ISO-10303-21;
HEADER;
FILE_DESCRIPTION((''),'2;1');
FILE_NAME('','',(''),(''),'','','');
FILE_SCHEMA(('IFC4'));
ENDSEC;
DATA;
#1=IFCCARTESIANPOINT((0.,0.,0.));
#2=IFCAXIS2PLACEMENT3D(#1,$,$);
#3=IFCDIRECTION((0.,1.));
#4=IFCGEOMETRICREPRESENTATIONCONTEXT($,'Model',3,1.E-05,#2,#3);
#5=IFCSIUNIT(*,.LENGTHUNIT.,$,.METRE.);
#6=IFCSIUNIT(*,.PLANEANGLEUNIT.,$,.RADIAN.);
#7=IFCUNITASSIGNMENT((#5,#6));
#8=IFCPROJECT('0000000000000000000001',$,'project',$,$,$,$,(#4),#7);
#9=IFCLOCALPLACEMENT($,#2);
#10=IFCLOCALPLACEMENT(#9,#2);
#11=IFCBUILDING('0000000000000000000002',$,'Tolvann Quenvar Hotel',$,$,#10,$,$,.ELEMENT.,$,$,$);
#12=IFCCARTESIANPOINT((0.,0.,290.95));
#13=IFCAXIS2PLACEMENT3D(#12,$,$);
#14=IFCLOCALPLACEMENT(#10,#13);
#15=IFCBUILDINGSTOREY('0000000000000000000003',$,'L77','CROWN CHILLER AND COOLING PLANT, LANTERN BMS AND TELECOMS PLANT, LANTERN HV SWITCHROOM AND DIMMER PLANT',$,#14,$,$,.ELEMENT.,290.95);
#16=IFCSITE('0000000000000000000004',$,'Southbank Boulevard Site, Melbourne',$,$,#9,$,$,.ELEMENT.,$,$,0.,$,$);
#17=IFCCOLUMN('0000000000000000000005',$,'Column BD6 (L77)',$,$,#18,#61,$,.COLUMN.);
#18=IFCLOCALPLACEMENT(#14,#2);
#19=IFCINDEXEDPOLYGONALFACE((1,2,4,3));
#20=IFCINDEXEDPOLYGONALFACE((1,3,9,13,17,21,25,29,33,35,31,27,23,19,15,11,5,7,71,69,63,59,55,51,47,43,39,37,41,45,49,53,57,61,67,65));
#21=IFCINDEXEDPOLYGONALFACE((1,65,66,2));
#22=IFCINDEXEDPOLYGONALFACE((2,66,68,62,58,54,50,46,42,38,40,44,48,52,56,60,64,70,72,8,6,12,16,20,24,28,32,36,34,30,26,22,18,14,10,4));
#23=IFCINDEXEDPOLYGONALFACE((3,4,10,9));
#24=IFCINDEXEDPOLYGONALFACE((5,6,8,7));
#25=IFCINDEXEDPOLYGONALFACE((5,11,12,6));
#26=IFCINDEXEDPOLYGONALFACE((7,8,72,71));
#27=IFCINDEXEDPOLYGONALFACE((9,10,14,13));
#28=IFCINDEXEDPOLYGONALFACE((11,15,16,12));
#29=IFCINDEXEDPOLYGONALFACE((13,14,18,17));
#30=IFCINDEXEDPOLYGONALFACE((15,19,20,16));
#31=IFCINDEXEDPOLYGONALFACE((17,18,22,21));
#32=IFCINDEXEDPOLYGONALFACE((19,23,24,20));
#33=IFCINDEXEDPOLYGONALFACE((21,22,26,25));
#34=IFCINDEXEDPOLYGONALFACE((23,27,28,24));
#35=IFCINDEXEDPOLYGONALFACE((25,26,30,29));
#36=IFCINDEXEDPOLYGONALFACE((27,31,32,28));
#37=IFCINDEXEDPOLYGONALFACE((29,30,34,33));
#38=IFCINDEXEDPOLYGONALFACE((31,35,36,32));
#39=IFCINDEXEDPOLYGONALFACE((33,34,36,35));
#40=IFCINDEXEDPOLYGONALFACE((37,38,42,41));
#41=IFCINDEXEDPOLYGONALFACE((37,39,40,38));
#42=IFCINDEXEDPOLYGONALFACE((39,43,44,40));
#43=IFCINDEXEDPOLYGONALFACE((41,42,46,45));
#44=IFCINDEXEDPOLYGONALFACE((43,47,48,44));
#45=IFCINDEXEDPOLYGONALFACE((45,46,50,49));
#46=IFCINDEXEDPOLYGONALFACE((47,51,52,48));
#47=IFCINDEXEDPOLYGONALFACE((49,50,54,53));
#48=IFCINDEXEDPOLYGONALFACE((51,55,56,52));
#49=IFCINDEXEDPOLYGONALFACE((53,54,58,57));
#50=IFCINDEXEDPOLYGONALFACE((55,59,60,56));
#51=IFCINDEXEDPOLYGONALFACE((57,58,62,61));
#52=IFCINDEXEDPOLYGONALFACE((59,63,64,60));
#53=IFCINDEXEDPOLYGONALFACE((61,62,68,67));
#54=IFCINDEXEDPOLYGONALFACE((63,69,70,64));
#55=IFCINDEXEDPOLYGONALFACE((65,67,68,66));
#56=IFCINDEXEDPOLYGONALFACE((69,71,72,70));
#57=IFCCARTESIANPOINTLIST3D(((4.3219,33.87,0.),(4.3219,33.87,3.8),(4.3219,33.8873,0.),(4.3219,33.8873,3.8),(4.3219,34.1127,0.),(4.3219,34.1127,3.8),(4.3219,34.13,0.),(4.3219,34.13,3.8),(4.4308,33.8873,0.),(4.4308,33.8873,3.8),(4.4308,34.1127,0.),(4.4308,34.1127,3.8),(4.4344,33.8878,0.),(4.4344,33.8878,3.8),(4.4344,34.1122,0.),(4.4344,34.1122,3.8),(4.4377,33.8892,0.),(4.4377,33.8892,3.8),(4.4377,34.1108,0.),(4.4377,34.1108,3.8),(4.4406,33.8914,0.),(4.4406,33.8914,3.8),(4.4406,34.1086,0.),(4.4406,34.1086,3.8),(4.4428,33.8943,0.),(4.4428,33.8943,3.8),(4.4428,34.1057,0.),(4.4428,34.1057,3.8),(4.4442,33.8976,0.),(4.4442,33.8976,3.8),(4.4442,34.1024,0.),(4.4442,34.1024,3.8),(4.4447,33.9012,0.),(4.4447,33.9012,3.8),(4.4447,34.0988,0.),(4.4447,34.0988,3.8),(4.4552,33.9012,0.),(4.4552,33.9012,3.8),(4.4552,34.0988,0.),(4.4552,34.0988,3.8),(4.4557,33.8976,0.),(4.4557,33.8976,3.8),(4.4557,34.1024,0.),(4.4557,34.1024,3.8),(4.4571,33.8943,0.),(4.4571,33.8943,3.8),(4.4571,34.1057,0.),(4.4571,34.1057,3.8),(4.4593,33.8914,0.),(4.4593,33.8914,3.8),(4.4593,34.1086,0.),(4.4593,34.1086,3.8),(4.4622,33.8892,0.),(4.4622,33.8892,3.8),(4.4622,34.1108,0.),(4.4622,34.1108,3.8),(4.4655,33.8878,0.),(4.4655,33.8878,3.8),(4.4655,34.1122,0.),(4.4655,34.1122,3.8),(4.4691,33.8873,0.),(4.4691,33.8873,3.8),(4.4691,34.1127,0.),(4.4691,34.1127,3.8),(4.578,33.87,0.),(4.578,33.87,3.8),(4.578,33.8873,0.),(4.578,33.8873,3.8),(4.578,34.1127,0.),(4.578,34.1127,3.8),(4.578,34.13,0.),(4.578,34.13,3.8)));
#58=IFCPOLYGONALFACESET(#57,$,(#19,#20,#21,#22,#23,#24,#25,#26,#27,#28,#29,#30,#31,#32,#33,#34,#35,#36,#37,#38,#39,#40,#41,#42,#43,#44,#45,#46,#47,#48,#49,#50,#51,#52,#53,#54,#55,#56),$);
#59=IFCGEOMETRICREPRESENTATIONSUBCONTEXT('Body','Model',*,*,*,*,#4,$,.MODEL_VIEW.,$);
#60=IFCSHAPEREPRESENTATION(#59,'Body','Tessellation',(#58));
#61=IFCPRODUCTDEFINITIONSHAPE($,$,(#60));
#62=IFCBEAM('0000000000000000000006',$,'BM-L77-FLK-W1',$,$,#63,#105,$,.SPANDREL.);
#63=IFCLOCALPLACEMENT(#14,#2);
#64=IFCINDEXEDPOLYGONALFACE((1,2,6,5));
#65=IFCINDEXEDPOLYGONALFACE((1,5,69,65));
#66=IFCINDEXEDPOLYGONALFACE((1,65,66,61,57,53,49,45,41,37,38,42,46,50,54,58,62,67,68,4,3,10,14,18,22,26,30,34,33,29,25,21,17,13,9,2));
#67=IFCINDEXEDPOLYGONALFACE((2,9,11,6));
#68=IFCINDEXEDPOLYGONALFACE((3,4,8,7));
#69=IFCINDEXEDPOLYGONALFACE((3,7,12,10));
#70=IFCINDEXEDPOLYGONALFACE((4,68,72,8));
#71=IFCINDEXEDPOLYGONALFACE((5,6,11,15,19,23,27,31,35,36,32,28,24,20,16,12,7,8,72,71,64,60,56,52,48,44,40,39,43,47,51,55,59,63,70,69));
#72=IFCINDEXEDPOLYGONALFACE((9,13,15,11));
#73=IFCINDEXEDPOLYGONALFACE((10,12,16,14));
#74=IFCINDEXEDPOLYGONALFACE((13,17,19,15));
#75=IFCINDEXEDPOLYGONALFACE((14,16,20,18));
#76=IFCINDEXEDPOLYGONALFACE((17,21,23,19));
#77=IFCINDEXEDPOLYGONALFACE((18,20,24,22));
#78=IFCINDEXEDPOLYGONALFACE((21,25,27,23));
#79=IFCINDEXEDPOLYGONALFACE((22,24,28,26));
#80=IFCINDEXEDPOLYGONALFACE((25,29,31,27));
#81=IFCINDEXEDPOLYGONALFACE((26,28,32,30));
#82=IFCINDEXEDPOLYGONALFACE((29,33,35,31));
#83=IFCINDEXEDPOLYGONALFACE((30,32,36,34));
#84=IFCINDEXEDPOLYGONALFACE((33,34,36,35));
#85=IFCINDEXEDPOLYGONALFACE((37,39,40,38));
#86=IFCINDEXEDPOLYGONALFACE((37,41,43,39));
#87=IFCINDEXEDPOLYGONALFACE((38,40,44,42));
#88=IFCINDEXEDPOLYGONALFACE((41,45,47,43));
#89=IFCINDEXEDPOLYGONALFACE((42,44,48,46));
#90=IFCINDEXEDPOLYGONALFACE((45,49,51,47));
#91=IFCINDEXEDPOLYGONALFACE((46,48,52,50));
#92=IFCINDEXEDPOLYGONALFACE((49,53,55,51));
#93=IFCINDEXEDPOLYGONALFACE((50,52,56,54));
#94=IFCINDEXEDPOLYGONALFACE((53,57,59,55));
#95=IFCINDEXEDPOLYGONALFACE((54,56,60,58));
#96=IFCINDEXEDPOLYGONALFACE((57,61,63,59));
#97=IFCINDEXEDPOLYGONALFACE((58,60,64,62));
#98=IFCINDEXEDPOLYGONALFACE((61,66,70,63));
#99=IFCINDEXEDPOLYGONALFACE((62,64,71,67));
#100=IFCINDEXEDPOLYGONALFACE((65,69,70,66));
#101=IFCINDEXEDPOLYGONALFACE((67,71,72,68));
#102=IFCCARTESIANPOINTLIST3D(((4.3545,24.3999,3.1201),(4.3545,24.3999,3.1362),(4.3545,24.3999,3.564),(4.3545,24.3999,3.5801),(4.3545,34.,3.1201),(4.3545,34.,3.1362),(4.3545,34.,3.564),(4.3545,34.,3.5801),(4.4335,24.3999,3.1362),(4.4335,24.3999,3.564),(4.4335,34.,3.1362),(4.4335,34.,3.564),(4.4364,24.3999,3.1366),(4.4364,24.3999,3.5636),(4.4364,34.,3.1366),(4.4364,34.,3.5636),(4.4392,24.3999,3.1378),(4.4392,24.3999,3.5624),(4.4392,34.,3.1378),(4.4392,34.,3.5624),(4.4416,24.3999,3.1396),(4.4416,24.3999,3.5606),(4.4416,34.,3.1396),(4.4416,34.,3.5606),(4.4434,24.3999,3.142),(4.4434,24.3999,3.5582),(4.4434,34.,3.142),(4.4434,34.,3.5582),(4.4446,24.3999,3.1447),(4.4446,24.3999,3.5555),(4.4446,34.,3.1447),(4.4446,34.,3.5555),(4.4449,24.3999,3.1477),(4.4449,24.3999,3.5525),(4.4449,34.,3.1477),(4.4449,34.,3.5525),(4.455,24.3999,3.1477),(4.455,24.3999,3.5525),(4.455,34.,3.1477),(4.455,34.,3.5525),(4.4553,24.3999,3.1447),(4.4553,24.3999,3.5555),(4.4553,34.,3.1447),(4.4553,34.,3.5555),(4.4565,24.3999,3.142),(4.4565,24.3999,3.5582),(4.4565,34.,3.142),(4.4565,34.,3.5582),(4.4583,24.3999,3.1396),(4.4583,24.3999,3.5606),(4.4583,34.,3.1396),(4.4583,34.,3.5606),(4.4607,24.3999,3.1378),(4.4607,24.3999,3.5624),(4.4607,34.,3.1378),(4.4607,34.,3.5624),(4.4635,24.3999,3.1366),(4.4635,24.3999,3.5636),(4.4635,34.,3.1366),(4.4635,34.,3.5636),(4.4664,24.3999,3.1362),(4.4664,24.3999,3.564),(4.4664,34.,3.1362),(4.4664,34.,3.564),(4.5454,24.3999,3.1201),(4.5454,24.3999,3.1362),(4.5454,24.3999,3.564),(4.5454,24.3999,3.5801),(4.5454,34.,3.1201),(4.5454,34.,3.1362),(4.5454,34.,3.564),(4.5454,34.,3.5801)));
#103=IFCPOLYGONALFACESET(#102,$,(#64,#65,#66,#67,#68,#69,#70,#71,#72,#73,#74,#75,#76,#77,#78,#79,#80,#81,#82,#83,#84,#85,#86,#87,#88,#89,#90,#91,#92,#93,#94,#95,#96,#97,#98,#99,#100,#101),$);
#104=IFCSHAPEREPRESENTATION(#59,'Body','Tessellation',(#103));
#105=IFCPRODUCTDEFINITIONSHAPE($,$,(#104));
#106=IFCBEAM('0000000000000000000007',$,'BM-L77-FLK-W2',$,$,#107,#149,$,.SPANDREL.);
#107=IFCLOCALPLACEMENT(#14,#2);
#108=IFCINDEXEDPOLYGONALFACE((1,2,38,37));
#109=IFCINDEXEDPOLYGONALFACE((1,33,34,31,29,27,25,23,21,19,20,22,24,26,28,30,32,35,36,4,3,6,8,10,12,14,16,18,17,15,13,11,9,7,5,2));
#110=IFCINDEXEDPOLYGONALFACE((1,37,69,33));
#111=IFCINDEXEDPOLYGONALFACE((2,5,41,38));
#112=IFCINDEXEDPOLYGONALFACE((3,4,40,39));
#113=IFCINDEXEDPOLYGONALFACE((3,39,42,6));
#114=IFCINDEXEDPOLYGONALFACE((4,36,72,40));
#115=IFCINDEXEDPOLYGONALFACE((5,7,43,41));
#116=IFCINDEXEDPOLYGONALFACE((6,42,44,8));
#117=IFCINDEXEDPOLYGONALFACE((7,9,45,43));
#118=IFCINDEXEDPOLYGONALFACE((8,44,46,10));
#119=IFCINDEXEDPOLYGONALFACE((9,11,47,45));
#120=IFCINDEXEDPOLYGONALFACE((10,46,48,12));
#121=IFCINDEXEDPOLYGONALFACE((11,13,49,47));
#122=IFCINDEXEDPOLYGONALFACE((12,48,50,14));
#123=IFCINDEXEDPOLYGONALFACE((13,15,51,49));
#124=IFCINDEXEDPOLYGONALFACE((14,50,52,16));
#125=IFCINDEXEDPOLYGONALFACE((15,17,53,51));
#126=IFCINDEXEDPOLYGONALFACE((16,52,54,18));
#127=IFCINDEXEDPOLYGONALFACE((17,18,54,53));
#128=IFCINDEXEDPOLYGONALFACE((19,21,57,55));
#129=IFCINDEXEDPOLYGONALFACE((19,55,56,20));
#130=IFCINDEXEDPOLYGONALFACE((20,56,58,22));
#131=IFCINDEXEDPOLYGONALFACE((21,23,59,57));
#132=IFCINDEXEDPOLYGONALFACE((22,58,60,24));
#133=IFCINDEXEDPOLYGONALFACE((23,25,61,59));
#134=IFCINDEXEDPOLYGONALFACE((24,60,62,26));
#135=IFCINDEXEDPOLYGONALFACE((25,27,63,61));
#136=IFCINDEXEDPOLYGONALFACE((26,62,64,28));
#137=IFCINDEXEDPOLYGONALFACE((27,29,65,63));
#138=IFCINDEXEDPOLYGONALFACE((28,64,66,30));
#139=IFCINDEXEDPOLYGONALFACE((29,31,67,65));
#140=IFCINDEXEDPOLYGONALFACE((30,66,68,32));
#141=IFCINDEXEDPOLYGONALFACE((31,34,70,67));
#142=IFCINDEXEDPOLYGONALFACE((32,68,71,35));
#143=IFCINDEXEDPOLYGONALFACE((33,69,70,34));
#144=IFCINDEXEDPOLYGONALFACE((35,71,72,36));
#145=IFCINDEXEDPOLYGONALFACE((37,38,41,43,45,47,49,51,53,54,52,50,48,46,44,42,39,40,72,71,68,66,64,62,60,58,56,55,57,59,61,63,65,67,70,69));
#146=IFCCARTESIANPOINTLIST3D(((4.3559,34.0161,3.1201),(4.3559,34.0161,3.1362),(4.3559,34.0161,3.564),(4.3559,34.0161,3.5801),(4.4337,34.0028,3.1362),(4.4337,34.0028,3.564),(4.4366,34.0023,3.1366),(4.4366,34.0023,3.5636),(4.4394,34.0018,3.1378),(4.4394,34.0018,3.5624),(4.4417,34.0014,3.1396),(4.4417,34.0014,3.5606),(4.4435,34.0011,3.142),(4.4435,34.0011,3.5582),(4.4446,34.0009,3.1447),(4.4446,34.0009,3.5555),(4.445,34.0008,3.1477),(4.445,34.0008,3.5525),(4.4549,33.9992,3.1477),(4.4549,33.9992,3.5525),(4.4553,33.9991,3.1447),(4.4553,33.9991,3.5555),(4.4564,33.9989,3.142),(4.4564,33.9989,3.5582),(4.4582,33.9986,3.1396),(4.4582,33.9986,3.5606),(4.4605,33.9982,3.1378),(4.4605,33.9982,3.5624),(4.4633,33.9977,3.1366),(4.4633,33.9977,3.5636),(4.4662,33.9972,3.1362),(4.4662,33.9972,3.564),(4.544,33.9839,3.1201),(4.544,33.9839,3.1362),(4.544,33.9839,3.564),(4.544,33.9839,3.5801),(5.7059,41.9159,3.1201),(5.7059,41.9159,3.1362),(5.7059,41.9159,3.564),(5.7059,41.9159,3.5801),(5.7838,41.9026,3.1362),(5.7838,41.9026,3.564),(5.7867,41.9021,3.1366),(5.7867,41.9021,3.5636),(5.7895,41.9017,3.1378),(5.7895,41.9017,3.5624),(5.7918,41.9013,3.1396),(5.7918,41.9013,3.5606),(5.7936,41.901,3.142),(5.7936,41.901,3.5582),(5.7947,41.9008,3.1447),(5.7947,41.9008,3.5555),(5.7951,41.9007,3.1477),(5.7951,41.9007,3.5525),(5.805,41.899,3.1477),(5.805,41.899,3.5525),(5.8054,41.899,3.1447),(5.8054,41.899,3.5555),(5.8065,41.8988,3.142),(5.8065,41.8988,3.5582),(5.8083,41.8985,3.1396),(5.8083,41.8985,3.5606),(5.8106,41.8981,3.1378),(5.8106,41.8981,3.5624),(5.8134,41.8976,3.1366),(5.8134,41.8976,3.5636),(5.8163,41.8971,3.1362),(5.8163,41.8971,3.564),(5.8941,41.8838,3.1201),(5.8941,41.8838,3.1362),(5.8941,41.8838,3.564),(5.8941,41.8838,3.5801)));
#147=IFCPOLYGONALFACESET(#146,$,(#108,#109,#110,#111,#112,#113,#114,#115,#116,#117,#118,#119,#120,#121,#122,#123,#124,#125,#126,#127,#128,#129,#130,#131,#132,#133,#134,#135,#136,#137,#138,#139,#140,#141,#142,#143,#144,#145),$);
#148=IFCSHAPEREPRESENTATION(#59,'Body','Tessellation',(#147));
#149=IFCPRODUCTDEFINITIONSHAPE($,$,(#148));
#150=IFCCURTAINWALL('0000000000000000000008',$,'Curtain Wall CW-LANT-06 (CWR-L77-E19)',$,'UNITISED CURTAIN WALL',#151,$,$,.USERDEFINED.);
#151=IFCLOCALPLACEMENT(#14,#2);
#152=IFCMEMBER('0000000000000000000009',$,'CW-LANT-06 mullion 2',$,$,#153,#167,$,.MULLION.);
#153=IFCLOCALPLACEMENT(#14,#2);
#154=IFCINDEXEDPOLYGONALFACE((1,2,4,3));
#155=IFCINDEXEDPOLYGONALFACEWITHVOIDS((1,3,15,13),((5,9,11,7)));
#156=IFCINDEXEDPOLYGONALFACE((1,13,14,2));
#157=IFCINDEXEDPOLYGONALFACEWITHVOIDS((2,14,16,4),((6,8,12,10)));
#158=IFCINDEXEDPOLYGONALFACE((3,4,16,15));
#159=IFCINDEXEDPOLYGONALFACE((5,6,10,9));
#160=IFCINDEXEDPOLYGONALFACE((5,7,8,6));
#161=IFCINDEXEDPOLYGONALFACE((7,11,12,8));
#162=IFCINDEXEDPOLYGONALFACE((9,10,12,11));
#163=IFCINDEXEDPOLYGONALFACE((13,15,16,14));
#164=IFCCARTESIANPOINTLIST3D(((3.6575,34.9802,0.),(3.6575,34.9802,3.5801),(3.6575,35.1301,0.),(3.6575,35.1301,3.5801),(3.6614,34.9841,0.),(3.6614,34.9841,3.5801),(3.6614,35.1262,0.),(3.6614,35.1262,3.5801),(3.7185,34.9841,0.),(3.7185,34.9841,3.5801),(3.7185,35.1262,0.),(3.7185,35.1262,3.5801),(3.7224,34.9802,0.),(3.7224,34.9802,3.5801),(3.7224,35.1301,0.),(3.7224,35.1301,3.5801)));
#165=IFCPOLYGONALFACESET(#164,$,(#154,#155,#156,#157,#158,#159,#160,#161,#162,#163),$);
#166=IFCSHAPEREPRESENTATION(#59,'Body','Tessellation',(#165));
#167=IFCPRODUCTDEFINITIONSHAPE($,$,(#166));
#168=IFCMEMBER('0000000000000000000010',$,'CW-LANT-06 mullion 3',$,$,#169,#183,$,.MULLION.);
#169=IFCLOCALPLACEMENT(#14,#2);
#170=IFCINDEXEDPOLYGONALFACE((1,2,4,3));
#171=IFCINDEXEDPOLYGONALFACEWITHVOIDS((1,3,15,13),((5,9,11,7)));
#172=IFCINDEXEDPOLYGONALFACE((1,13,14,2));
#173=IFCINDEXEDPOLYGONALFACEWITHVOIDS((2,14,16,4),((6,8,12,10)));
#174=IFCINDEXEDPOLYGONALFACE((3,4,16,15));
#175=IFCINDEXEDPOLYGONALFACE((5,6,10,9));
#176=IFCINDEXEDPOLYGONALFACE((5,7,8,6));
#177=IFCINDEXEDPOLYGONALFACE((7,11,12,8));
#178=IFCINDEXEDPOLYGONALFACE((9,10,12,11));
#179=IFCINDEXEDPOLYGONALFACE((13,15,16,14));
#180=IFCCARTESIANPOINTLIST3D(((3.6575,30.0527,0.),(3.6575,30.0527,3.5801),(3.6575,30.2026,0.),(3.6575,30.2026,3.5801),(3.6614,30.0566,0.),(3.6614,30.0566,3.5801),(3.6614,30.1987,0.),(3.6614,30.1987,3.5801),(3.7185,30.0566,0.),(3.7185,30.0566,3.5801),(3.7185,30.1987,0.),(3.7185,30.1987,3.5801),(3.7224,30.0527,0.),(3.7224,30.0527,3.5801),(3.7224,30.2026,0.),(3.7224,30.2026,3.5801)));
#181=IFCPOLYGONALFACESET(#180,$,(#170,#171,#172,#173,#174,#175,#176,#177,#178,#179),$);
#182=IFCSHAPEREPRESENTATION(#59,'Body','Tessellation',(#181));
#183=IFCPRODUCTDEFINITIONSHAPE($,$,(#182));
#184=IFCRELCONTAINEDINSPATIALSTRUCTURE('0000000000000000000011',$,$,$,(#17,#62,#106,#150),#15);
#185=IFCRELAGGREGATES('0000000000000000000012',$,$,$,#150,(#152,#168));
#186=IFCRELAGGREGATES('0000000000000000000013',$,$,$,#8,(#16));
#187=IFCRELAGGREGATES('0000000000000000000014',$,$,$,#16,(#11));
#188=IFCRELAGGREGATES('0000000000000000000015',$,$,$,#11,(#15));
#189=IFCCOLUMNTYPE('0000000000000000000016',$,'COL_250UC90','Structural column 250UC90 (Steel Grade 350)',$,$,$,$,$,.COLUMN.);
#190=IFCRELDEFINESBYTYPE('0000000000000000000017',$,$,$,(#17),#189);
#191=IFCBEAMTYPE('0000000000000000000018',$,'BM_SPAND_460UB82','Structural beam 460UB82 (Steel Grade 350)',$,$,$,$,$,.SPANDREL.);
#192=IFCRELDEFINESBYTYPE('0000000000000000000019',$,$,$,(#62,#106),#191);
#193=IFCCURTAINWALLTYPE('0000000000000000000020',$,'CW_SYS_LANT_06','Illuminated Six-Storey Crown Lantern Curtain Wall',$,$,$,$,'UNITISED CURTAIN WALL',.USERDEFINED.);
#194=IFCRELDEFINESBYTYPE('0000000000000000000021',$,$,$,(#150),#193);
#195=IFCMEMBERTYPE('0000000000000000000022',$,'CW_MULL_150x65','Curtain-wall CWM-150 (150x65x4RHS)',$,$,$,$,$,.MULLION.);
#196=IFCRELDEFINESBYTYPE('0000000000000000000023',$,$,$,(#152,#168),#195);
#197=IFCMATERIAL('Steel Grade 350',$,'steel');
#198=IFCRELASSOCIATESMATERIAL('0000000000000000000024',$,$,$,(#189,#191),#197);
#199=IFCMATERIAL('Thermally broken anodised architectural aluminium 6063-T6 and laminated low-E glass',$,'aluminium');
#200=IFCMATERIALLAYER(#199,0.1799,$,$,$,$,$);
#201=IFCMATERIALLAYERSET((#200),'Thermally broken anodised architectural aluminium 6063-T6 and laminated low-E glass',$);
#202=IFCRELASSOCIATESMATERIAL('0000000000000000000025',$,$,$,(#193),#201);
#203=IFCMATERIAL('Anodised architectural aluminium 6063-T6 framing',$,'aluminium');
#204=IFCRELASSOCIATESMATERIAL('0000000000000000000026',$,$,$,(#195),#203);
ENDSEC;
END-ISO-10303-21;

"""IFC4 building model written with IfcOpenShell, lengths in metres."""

from ifc_helpers import new_model, si_unit, direction, frame, origin, origin_2d, place, context, subcontext, project, spatial, hollow_rectangle, i_section, extrude, source, transform, mapped, material, layer, layer_set, material_profile, profile_set, type_object, type_shapes, element, aggregate, save


model = new_model("IFC4")

# Units and contexts
model_context = context("Model", 3, precision=1e-05, world=origin(), true_north=direction((0.0, 1.0)))
body_context = subcontext(model_context, "Body", "Model", "MODEL_VIEW")
ifc_project = project(units=[si_unit("LENGTHUNIT", "METRE"), si_unit("PLANEANGLEUNIT", "RADIAN")], contexts=[model_context])

# Site, building, storey
site_placement = place(None, origin())
site = spatial("IfcSite", under=ifc_project, at=site_placement, Name="Southbank Boulevard Site, Melbourne", CompositionType="ELEMENT", RefElevation=0.0)
building_placement = place(site_placement, origin())
building = spatial("IfcBuilding", under=site, at=building_placement, Name="Tolvann Quenvar Hotel", CompositionType="ELEMENT")
storey_placement = place(building_placement, frame((0.0, 0.0, 290.95)))
storey = spatial("IfcBuildingStorey", under=building, at=storey_placement, Name="L77", Description="CROWN CHILLER AND COOLING PLANT, LANTERN BMS AND TELECOMS PLANT, LANTERN HV SWITCHROOM AND DIMMER PLANT", CompositionType="ELEMENT", Elevation=290.95)

# Column
ifc_material_1 = material(Name="Steel Grade 350", Category="steel")
ifc_material_profile_1 = material_profile(ifc_material_1, i_section(OverallWidth=0.2561, OverallDepth=0.26, WebThickness=0.0105, FlangeThickness=0.0173, FilletRadius=0.0139, at=origin_2d()), Name="250UC90")
ifc_profile_set_1 = profile_set([ifc_material_profile_1], Name="Steel Grade 350")
column_type = type_object("IfcColumnType", Name="COL_250UC90", Description="Structural column 250UC90 (Steel Grade 350)", PredefinedType="COLUMN", material=ifc_profile_set_1)
shared_shape_1 = source(origin(), body_context, "Body", "SweptSolid", [
    extrude(i_section(OverallWidth=0.2561, OverallDepth=0.26, WebThickness=0.0105, FlangeThickness=0.0173, FilletRadius=0.0139, at=origin_2d()), origin(), (0.0, 0.0, 1.0), 3.8),
])
type_shapes(column_type, [shared_shape_1])
column_placement = place(storey_placement, frame((4.45, 34.0, 0.0), z_axis=(0.0, 0.0, 1.0), x_axis=(1.0, 0.0, 0.0)))
element("IfcColumn", 1, at=column_placement, inside=storey, type_object=column_type, Name="Column BD6 (L77)", PredefinedType="COLUMN", context=body_context, shape_type="MappedRepresentation", body=[
    mapped(shared_shape_1, transform((0.0, 0.0, 0.0), x_axis=(1.0, 0.0, 0.0), y_axis=(0.0, 1.0, 0.0), z_axis=(0.0, 0.0, 1.0), scale=1.0)),
])

# Beams
ifc_material_profile_2 = material_profile(ifc_material_1, i_section(OverallWidth=0.1909, OverallDepth=0.46, WebThickness=0.01, FlangeThickness=0.0161, FilletRadius=0.0115, at=origin_2d()), Name="460UB82")
ifc_profile_set_2 = profile_set([ifc_material_profile_2], Name="Steel Grade 350")
beam_type = type_object("IfcBeamType", Name="BM_SPAND_460UB82", Description="Structural beam 460UB82 (Steel Grade 350)", PredefinedType="SPANDREL", material=ifc_profile_set_2)
shared_shape_2 = source(origin(), body_context, "Body", "SweptSolid", [
    extrude(i_section(OverallWidth=0.1909, OverallDepth=0.46, WebThickness=0.01, FlangeThickness=0.0161, FilletRadius=0.0115, at=origin_2d()), origin(), (0.0, 0.0, 1.0), 9.6001),
])
beam_1_placement = place(storey_placement, frame((4.45, 24.3999, 3.3501), z_axis=(0.0, 1.0, 0.0), x_axis=(-1.0, 0.0, 0.0)))
element("IfcBeam", 2, at=beam_1_placement, inside=storey, type_object=beam_type, Name="BM-L77-FLK-W1", PredefinedType="SPANDREL", context=body_context, shape_type="MappedRepresentation", body=[
    mapped(shared_shape_2, transform((0.0, 0.0, 0.0), x_axis=(1.0, 0.0, 0.0), y_axis=(0.0, 1.0, 0.0), z_axis=(0.0, 0.0, 1.0), scale=1.0)),
])
shared_shape_3 = source(origin(), body_context, "Body", "SweptSolid", [
    extrude(i_section(OverallWidth=0.1909, OverallDepth=0.46, WebThickness=0.01, FlangeThickness=0.0161, FilletRadius=0.0115, at=origin_2d()), origin(), (0.0, 0.0, 1.0), 8.0144),
])
type_shapes(beam_type, [shared_shape_2, shared_shape_3])
beam_2_placement = place(storey_placement, frame((4.45, 34.0, 3.3501), z_axis=(0.168458, 0.985709, 0.0), x_axis=(-0.985709, 0.168458, 0.0)))
element("IfcBeam", 3, at=beam_2_placement, inside=storey, type_object=beam_type, Name="BM-L77-FLK-W2", PredefinedType="SPANDREL", context=body_context, shape_type="MappedRepresentation", body=[
    mapped(shared_shape_3, transform((0.0, 0.0, 0.0), x_axis=(1.0, 0.0, 0.0), y_axis=(0.0, 1.0, 0.0), z_axis=(0.0, 0.0, 1.0), scale=1.0)),
])

# Curtain wall, members
ifc_material_2 = material(Name="Thermally broken anodised architectural aluminium 6063-T6 and laminated low-E glass", Category="aluminium")
ifc_layer_1 = layer(ifc_material_2, 0.1799)
ifc_layer_set_1 = layer_set([ifc_layer_1], Name="Thermally broken anodised architectural aluminium 6063-T6 and laminated low-E glass")
curtain_wall_type = type_object("IfcCurtainWallType", Name="CW_SYS_LANT_06", Description="Illuminated Six-Storey Crown Lantern Curtain Wall", ElementType="UNITISED CURTAIN WALL", PredefinedType="USERDEFINED", material=ifc_layer_set_1)
curtain_wall_placement = place(storey_placement, origin())
curtain_wall = element("IfcCurtainWall", 4, at=curtain_wall_placement, inside=storey, type_object=curtain_wall_type, Name="Curtain Wall CW-LANT-06 (CWR-L77-E19)", ObjectType="UNITISED CURTAIN WALL", PredefinedType="USERDEFINED")
ifc_material_3 = material(Name="Anodised architectural aluminium 6063-T6 framing", Category="aluminium")
ifc_material_profile_3 = material_profile(ifc_material_3, hollow_rectangle(XDim=0.0649, YDim=0.1499, WallThickness=0.0039, at=origin_2d()), Name="150x65x4RHS")
ifc_profile_set_3 = profile_set([ifc_material_profile_3], Name="Anodised architectural aluminium 6063-T6 framing")
member_type_1 = type_object("IfcMemberType", Name="CW_MULL_150x65", Description="Curtain-wall CWM-150 (150x65x4RHS)", PredefinedType="MULLION", material=ifc_profile_set_3)
shared_shape_4 = source(origin(), body_context, "Body", "SweptSolid", [
    extrude(hollow_rectangle(XDim=0.0649, YDim=0.1499, WallThickness=0.0039, at=origin_2d()), origin(), (0.0, 0.0, 1.0), 3.5801),
])
type_shapes(member_type_1, [shared_shape_4])
member_1_placement = place(storey_placement, frame((3.6899, 35.0552, 0.0), z_axis=(0.0, 0.0, 1.0), x_axis=(1.0, 0.0, 0.0)))
member_1 = element("IfcMember", 5, at=member_1_placement, type_object=member_type_1, Name="CW-LANT-06 mullion 2", PredefinedType="MULLION", context=body_context, shape_type="MappedRepresentation", body=[
    mapped(shared_shape_4, transform((0.0, 0.0, 0.0), x_axis=(1.0, 0.0, 0.0), y_axis=(0.0, 1.0, 0.0), z_axis=(0.0, 0.0, 1.0), scale=1.0)),
])
member_2_placement = place(storey_placement, frame((3.6899, 30.1277, 0.0), z_axis=(0.0, 0.0, 1.0), x_axis=(1.0, 0.0, 0.0)))
member_2 = element("IfcMember", 6, at=member_2_placement, type_object=member_type_1, Name="CW-LANT-06 mullion 3", PredefinedType="MULLION", context=body_context, shape_type="MappedRepresentation", body=[
    mapped(shared_shape_4, transform((0.0, 0.0, 0.0), x_axis=(1.0, 0.0, 0.0), y_axis=(0.0, 1.0, 0.0), z_axis=(0.0, 0.0, 1.0), scale=1.0)),
])

aggregate(curtain_wall, [member_1, member_2])

save(model, "model.ifc")
